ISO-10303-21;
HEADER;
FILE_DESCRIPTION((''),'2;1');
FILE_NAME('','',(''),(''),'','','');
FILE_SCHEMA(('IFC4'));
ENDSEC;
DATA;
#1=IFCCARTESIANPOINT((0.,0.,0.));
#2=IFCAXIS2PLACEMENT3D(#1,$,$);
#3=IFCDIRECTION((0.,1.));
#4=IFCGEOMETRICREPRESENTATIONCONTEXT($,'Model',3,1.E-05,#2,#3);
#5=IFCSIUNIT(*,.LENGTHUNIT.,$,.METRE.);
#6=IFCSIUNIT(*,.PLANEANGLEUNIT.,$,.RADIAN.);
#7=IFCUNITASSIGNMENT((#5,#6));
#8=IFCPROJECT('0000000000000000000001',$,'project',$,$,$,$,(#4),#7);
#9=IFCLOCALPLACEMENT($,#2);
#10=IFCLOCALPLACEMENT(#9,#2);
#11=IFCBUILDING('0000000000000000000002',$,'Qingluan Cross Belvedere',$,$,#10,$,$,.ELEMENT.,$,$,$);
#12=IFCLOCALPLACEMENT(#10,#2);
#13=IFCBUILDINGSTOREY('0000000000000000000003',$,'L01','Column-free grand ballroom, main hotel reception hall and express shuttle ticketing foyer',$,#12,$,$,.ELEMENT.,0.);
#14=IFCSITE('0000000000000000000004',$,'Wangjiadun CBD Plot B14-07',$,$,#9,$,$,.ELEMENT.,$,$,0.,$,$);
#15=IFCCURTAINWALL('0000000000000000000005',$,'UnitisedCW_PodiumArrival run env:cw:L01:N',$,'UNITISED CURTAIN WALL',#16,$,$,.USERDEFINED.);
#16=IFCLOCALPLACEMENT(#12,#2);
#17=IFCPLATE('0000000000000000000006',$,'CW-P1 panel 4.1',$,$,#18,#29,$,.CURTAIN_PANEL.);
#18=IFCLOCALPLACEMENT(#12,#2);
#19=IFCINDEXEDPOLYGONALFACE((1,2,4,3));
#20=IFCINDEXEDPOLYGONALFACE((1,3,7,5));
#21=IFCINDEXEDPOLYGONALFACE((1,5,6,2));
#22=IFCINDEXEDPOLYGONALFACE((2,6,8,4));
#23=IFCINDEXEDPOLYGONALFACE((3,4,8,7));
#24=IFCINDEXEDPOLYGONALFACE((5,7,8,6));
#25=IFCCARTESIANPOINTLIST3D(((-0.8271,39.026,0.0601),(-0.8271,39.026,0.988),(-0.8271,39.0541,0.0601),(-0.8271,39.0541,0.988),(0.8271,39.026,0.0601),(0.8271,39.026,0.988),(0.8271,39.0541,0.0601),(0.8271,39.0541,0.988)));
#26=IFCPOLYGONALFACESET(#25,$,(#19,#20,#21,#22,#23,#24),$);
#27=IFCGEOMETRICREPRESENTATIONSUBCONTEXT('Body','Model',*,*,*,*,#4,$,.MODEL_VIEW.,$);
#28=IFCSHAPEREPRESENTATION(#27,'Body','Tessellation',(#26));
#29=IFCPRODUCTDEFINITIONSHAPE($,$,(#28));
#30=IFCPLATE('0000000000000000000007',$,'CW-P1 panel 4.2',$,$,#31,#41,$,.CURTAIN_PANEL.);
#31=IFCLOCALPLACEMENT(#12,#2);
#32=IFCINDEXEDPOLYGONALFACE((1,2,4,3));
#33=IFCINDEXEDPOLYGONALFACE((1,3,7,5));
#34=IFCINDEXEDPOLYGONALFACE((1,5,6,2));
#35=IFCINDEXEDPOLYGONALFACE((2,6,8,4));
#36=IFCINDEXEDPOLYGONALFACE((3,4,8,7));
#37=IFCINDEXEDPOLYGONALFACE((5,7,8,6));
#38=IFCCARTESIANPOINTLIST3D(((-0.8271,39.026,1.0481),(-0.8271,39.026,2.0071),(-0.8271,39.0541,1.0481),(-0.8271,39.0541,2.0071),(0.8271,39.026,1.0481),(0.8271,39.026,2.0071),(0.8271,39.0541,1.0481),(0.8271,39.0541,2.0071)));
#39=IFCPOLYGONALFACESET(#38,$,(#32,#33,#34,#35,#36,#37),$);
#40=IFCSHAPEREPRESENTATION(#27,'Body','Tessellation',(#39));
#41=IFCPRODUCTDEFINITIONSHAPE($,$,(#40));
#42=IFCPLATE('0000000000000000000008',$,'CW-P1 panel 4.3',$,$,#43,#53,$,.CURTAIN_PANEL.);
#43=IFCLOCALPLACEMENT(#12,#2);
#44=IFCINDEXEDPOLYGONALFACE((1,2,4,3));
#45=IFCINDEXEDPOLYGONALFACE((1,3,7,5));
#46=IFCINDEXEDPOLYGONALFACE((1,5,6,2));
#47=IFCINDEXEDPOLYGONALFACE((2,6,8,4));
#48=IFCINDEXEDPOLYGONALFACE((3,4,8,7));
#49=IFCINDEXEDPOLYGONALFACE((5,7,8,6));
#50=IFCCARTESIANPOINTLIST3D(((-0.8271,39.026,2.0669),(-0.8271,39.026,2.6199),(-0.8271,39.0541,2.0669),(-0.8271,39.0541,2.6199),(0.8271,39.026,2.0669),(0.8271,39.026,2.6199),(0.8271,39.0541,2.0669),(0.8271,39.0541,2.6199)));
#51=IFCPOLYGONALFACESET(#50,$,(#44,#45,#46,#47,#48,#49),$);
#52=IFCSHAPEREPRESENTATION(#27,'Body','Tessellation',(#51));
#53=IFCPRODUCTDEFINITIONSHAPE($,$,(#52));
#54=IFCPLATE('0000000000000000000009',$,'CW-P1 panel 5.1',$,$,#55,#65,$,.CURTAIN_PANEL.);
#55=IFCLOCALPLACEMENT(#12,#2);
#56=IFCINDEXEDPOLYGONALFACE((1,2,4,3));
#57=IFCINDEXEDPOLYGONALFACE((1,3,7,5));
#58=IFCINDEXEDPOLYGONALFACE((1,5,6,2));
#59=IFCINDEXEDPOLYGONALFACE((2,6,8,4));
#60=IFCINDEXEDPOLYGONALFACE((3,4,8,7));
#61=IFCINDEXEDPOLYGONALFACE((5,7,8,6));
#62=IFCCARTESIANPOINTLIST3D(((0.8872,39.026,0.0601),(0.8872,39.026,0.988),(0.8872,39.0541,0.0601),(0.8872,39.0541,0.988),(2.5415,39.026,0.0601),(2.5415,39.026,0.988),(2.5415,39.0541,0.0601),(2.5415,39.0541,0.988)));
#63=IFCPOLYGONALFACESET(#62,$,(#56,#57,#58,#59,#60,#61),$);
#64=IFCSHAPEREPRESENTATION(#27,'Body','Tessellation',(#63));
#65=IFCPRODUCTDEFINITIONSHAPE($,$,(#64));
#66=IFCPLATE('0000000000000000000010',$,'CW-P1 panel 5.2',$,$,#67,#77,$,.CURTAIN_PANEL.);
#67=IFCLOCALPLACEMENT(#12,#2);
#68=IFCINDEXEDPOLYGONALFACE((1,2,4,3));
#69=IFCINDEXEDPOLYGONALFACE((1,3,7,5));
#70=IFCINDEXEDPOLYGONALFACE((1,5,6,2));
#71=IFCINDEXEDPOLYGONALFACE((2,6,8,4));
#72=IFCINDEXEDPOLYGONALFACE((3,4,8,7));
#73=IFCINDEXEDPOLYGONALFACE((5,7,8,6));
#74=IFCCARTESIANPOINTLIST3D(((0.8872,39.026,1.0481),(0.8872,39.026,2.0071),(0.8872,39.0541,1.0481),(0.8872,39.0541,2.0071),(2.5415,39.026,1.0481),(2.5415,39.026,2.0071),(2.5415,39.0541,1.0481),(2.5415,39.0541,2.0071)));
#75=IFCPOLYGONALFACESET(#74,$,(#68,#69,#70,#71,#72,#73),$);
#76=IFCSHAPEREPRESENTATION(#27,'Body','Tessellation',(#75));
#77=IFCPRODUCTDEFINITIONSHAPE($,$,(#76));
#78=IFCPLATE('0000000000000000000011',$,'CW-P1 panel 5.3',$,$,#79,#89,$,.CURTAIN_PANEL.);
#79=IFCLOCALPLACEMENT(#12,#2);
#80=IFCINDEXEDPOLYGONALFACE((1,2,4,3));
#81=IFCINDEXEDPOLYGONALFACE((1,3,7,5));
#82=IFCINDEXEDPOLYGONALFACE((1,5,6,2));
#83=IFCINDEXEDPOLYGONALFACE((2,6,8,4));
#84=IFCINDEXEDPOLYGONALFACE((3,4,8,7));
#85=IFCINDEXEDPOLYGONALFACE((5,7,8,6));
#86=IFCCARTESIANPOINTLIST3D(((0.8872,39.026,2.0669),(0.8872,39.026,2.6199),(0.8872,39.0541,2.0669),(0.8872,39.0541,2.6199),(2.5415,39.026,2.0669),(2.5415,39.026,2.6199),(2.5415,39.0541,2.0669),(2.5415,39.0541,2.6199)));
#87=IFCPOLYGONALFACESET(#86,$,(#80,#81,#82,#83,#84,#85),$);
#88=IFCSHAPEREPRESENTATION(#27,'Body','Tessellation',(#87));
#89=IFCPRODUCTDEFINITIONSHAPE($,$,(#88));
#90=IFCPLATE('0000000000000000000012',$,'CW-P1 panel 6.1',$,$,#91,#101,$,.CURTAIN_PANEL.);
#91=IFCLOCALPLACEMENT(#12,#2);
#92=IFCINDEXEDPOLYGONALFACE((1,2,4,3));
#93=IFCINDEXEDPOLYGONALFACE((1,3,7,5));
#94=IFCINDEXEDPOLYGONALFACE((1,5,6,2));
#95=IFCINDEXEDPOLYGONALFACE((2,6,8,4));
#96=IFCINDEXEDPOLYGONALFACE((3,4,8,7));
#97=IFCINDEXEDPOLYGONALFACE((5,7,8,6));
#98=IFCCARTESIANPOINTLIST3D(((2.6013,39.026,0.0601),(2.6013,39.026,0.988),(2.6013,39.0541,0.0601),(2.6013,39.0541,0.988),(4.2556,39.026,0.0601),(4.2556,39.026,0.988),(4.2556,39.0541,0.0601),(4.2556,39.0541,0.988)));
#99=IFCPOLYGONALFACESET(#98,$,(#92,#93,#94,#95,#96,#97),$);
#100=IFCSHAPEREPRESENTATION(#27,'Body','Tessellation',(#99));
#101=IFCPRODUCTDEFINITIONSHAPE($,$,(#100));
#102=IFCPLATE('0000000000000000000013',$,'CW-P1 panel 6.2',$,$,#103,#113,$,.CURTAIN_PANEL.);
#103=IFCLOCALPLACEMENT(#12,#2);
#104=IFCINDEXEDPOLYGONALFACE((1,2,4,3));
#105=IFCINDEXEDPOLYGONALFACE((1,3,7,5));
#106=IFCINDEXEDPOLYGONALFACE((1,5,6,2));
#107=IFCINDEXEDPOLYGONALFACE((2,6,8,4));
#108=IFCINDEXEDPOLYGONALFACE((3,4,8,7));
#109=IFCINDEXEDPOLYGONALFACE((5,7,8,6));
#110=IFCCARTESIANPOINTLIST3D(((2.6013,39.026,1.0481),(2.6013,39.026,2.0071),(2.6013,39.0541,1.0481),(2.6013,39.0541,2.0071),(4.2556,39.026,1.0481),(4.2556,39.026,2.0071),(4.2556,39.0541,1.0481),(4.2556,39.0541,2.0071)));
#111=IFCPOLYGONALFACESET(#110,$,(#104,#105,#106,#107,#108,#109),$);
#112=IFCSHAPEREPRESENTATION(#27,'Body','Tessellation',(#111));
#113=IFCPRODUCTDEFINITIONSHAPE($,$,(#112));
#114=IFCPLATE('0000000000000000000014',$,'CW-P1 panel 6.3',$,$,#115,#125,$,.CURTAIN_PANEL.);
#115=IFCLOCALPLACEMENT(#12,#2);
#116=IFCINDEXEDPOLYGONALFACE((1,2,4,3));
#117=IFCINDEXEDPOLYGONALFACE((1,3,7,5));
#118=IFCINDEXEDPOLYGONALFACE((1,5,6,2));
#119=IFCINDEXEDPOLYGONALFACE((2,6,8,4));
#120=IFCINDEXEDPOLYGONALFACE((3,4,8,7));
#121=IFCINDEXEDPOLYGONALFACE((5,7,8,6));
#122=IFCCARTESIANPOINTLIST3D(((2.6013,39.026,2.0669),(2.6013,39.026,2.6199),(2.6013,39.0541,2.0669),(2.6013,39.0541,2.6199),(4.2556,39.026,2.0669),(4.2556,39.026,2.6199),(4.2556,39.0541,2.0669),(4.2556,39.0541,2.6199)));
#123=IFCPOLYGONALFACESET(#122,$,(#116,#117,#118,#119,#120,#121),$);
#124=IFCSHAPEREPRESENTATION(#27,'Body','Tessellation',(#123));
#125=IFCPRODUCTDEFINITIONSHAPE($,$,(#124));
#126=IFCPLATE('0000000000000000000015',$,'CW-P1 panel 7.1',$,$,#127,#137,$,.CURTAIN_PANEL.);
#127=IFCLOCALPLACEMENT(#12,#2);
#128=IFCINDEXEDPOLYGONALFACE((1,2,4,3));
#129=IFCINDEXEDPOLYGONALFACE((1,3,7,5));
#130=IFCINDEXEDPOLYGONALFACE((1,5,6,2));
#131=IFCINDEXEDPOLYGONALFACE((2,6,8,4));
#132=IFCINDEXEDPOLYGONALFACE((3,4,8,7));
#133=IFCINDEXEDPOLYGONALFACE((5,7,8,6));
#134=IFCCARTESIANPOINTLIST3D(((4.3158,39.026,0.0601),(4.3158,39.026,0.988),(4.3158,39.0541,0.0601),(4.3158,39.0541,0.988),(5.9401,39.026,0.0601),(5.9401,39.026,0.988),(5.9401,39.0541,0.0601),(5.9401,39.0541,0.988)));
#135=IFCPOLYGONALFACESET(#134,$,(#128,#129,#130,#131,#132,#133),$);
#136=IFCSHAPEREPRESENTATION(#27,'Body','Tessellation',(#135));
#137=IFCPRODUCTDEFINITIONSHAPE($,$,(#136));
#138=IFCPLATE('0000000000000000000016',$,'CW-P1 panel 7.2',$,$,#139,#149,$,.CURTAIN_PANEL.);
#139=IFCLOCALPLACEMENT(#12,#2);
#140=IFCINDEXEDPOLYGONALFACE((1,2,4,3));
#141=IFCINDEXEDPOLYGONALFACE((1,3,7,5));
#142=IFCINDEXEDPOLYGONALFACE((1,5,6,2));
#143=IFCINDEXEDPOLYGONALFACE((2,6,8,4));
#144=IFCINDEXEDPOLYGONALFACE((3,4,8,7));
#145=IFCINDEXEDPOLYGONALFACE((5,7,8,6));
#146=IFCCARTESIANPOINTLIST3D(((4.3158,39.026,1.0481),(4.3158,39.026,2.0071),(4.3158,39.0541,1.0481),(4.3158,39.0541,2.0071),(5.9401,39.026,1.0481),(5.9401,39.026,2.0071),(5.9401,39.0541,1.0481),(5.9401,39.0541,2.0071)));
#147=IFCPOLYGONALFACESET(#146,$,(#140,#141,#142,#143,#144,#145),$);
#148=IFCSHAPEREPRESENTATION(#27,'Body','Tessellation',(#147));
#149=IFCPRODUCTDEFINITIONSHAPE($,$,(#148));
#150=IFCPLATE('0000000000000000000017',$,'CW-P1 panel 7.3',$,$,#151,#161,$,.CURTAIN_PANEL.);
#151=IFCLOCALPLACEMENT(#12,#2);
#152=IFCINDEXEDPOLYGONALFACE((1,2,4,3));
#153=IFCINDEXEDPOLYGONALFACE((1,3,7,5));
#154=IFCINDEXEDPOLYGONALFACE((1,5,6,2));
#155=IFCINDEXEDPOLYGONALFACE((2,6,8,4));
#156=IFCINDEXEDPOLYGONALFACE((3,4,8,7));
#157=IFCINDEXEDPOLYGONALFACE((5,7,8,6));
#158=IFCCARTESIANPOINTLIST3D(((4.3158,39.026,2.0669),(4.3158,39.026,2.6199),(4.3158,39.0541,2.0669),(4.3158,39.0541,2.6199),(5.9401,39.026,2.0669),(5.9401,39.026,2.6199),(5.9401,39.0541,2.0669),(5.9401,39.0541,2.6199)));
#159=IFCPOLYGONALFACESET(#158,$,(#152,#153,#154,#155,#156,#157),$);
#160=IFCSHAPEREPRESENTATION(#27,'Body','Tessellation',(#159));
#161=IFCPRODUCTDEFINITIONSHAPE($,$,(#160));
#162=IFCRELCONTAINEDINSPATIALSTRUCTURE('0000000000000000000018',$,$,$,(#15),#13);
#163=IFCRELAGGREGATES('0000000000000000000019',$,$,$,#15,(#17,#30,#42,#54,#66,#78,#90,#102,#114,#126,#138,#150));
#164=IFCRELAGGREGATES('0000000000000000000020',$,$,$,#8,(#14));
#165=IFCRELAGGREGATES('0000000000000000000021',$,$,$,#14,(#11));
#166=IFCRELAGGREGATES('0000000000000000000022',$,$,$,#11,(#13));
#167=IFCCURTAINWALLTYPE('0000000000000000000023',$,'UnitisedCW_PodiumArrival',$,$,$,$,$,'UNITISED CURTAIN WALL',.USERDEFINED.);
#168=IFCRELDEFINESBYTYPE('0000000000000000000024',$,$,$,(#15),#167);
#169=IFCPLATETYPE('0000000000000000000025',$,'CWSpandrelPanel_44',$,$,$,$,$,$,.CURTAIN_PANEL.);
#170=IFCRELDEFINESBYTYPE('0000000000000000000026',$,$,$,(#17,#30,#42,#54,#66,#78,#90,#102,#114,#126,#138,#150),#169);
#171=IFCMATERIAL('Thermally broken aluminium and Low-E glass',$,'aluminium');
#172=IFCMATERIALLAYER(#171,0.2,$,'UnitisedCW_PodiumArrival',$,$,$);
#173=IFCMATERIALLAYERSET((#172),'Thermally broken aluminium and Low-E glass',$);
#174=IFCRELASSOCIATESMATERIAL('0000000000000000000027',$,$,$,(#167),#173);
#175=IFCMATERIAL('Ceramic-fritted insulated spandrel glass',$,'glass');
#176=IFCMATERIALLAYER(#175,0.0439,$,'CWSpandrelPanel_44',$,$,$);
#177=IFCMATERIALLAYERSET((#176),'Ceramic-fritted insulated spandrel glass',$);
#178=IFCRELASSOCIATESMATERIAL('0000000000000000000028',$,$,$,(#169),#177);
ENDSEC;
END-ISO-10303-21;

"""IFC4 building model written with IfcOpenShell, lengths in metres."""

from ifc_helpers import new_model, si_unit, direction, frame, origin, origin_2d, place, context, subcontext, project, spatial, rectangle, extrude, material, layer, layer_set, type_object, element, aggregate, save


model = new_model("IFC4")

# Units and contexts
model_context = context("Model", 3, precision=1e-05, world=origin(), true_north=direction((0.0, 1.0)))
body_context = subcontext(model_context, "Body", "Model", "MODEL_VIEW")
ifc_project = project(units=[si_unit("LENGTHUNIT", "METRE"), si_unit("PLANEANGLEUNIT", "RADIAN")], contexts=[model_context])

# Site, building, storey
site_placement = place(None, origin())
site = spatial("IfcSite", under=ifc_project, at=site_placement, Name="Wangjiadun CBD Plot B14-07", CompositionType="ELEMENT", RefElevation=0.0)
building_placement = place(site_placement, origin())
building = spatial("IfcBuilding", under=site, at=building_placement, Name="Qingluan Cross Belvedere", CompositionType="ELEMENT")
storey_placement = place(building_placement, origin())
storey = spatial("IfcBuildingStorey", under=building, at=storey_placement, Name="L01", Description="Column-free grand ballroom, main hotel reception hall and express shuttle ticketing foyer", CompositionType="ELEMENT", Elevation=0.0)

# Curtain wall
ifc_material_1 = material(Name="Thermally broken aluminium and Low-E glass", Category="aluminium")
ifc_layer_1 = layer(ifc_material_1, 0.2, Name="UnitisedCW_PodiumArrival")
ifc_layer_set_1 = layer_set([ifc_layer_1], Name="Thermally broken aluminium and Low-E glass")
curtain_wall_type = type_object("IfcCurtainWallType", Name="UnitisedCW_PodiumArrival", ElementType="UNITISED CURTAIN WALL", PredefinedType="USERDEFINED", material=ifc_layer_set_1)
curtain_wall_placement = place(storey_placement, origin())
curtain_wall = element("IfcCurtainWall", 1, at=curtain_wall_placement, inside=storey, type_object=curtain_wall_type, Name="UnitisedCW_PodiumArrival run env:cw:L01:N", ObjectType="UNITISED CURTAIN WALL", PredefinedType="USERDEFINED")

# Plates
ifc_material_2 = material(Name="Ceramic-fritted insulated spandrel glass", Category="glass")
ifc_layer_2 = layer(ifc_material_2, 0.0439, Name="CWSpandrelPanel_44")
ifc_layer_set_2 = layer_set([ifc_layer_2], Name="Ceramic-fritted insulated spandrel glass")
plate_type = type_object("IfcPlateType", Name="CWSpandrelPanel_44", PredefinedType="CURTAIN_PANEL", material=ifc_layer_set_2)
plate_1_placement = place(storey_placement, frame((0.0, 39.04, 0.0601), z_axis=(0.0, 0.0, 1.0), x_axis=(1.0, 0.0, 0.0)))
plate_1 = element("IfcPlate", 2, at=plate_1_placement, type_object=plate_type, Name="CW-P1 panel 4.1", PredefinedType="CURTAIN_PANEL", context=body_context, shape_type="SweptSolid", body=[
    extrude(rectangle(XDim=1.6543, YDim=0.0281, at=origin_2d()), origin(), (0.0, 0.0, 1.0), 0.928),
])
plate_2_placement = place(storey_placement, frame((0.0, 39.04, 1.0481), z_axis=(0.0, 0.0, 1.0), x_axis=(1.0, 0.0, 0.0)))
plate_2 = element("IfcPlate", 3, at=plate_2_placement, type_object=plate_type, Name="CW-P1 panel 4.2", PredefinedType="CURTAIN_PANEL", context=body_context, shape_type="SweptSolid", body=[
    extrude(rectangle(XDim=1.6543, YDim=0.0281, at=origin_2d()), origin(), (0.0, 0.0, 1.0), 0.959),
])
plate_3_placement = place(storey_placement, frame((0.0, 39.04, 2.0669), z_axis=(0.0, 0.0, 1.0), x_axis=(1.0, 0.0, 0.0)))
plate_3 = element("IfcPlate", 4, at=plate_3_placement, type_object=plate_type, Name="CW-P1 panel 4.3", PredefinedType="CURTAIN_PANEL", context=body_context, shape_type="SweptSolid", body=[
    extrude(rectangle(XDim=1.6543, YDim=0.0281, at=origin_2d()), origin(), (0.0, 0.0, 1.0), 0.553),
])
plate_4_placement = place(storey_placement, frame((1.7144, 39.04, 0.0601), z_axis=(0.0, 0.0, 1.0), x_axis=(1.0, 0.0, 0.0)))
plate_4 = element("IfcPlate", 5, at=plate_4_placement, type_object=plate_type, Name="CW-P1 panel 5.1", PredefinedType="CURTAIN_PANEL", context=body_context, shape_type="SweptSolid", body=[
    extrude(rectangle(XDim=1.6543, YDim=0.0281, at=origin_2d()), origin(), (0.0, 0.0, 1.0), 0.928),
])
plate_5_placement = place(storey_placement, frame((1.7144, 39.04, 1.0481), z_axis=(0.0, 0.0, 1.0), x_axis=(1.0, 0.0, 0.0)))
plate_5 = element("IfcPlate", 6, at=plate_5_placement, type_object=plate_type, Name="CW-P1 panel 5.2", PredefinedType="CURTAIN_PANEL", context=body_context, shape_type="SweptSolid", body=[
    extrude(rectangle(XDim=1.6543, YDim=0.0281, at=origin_2d()), origin(), (0.0, 0.0, 1.0), 0.959),
])
plate_6_placement = place(storey_placement, frame((1.7144, 39.04, 2.0669), z_axis=(0.0, 0.0, 1.0), x_axis=(1.0, 0.0, 0.0)))
plate_6 = element("IfcPlate", 7, at=plate_6_placement, type_object=plate_type, Name="CW-P1 panel 5.3", PredefinedType="CURTAIN_PANEL", context=body_context, shape_type="SweptSolid", body=[
    extrude(rectangle(XDim=1.6543, YDim=0.0281, at=origin_2d()), origin(), (0.0, 0.0, 1.0), 0.553),
])
plate_7_placement = place(storey_placement, frame((3.4285, 39.04, 0.0601), z_axis=(0.0, 0.0, 1.0), x_axis=(1.0, 0.0, 0.0)))
plate_7 = element("IfcPlate", 8, at=plate_7_placement, type_object=plate_type, Name="CW-P1 panel 6.1", PredefinedType="CURTAIN_PANEL", context=body_context, shape_type="SweptSolid", body=[
    extrude(rectangle(XDim=1.6543, YDim=0.0281, at=origin_2d()), origin(), (0.0, 0.0, 1.0), 0.928),
])
plate_8_placement = place(storey_placement, frame((3.4285, 39.04, 1.0481), z_axis=(0.0, 0.0, 1.0), x_axis=(1.0, 0.0, 0.0)))
plate_8 = element("IfcPlate", 9, at=plate_8_placement, type_object=plate_type, Name="CW-P1 panel 6.2", PredefinedType="CURTAIN_PANEL", context=body_context, shape_type="SweptSolid", body=[
    extrude(rectangle(XDim=1.6543, YDim=0.0281, at=origin_2d()), origin(), (0.0, 0.0, 1.0), 0.959),
])
plate_9_placement = place(storey_placement, frame((3.4285, 39.04, 2.0669), z_axis=(0.0, 0.0, 1.0), x_axis=(1.0, 0.0, 0.0)))
plate_9 = element("IfcPlate", 10, at=plate_9_placement, type_object=plate_type, Name="CW-P1 panel 6.3", PredefinedType="CURTAIN_PANEL", context=body_context, shape_type="SweptSolid", body=[
    extrude(rectangle(XDim=1.6543, YDim=0.0281, at=origin_2d()), origin(), (0.0, 0.0, 1.0), 0.553),
])
plate_10_placement = place(storey_placement, frame((5.1279, 39.04, 0.0601), z_axis=(0.0, 0.0, 1.0), x_axis=(1.0, 0.0, 0.0)))
plate_10 = element("IfcPlate", 11, at=plate_10_placement, type_object=plate_type, Name="CW-P1 panel 7.1", PredefinedType="CURTAIN_PANEL", context=body_context, shape_type="SweptSolid", body=[
    extrude(rectangle(XDim=1.6243, YDim=0.0281, at=origin_2d()), origin(), (0.0, 0.0, 1.0), 0.928),
])
plate_11_placement = place(storey_placement, frame((5.1279, 39.04, 1.0481), z_axis=(0.0, 0.0, 1.0), x_axis=(1.0, 0.0, 0.0)))
plate_11 = element("IfcPlate", 12, at=plate_11_placement, type_object=plate_type, Name="CW-P1 panel 7.2", PredefinedType="CURTAIN_PANEL", context=body_context, shape_type="SweptSolid", body=[
    extrude(rectangle(XDim=1.6243, YDim=0.0281, at=origin_2d()), origin(), (0.0, 0.0, 1.0), 0.959),
])
plate_12_placement = place(storey_placement, frame((5.1279, 39.04, 2.0669), z_axis=(0.0, 0.0, 1.0), x_axis=(1.0, 0.0, 0.0)))
plate_12 = element("IfcPlate", 13, at=plate_12_placement, type_object=plate_type, Name="CW-P1 panel 7.3", PredefinedType="CURTAIN_PANEL", context=body_context, shape_type="SweptSolid", body=[
    extrude(rectangle(XDim=1.6243, YDim=0.0281, at=origin_2d()), origin(), (0.0, 0.0, 1.0), 0.553),
])
aggregate(curtain_wall, [plate_1, plate_2, plate_3, plate_4, plate_5, plate_6, plate_7, plate_8, plate_9, plate_10, plate_11, plate_12])

save(model, "model.ifc")
